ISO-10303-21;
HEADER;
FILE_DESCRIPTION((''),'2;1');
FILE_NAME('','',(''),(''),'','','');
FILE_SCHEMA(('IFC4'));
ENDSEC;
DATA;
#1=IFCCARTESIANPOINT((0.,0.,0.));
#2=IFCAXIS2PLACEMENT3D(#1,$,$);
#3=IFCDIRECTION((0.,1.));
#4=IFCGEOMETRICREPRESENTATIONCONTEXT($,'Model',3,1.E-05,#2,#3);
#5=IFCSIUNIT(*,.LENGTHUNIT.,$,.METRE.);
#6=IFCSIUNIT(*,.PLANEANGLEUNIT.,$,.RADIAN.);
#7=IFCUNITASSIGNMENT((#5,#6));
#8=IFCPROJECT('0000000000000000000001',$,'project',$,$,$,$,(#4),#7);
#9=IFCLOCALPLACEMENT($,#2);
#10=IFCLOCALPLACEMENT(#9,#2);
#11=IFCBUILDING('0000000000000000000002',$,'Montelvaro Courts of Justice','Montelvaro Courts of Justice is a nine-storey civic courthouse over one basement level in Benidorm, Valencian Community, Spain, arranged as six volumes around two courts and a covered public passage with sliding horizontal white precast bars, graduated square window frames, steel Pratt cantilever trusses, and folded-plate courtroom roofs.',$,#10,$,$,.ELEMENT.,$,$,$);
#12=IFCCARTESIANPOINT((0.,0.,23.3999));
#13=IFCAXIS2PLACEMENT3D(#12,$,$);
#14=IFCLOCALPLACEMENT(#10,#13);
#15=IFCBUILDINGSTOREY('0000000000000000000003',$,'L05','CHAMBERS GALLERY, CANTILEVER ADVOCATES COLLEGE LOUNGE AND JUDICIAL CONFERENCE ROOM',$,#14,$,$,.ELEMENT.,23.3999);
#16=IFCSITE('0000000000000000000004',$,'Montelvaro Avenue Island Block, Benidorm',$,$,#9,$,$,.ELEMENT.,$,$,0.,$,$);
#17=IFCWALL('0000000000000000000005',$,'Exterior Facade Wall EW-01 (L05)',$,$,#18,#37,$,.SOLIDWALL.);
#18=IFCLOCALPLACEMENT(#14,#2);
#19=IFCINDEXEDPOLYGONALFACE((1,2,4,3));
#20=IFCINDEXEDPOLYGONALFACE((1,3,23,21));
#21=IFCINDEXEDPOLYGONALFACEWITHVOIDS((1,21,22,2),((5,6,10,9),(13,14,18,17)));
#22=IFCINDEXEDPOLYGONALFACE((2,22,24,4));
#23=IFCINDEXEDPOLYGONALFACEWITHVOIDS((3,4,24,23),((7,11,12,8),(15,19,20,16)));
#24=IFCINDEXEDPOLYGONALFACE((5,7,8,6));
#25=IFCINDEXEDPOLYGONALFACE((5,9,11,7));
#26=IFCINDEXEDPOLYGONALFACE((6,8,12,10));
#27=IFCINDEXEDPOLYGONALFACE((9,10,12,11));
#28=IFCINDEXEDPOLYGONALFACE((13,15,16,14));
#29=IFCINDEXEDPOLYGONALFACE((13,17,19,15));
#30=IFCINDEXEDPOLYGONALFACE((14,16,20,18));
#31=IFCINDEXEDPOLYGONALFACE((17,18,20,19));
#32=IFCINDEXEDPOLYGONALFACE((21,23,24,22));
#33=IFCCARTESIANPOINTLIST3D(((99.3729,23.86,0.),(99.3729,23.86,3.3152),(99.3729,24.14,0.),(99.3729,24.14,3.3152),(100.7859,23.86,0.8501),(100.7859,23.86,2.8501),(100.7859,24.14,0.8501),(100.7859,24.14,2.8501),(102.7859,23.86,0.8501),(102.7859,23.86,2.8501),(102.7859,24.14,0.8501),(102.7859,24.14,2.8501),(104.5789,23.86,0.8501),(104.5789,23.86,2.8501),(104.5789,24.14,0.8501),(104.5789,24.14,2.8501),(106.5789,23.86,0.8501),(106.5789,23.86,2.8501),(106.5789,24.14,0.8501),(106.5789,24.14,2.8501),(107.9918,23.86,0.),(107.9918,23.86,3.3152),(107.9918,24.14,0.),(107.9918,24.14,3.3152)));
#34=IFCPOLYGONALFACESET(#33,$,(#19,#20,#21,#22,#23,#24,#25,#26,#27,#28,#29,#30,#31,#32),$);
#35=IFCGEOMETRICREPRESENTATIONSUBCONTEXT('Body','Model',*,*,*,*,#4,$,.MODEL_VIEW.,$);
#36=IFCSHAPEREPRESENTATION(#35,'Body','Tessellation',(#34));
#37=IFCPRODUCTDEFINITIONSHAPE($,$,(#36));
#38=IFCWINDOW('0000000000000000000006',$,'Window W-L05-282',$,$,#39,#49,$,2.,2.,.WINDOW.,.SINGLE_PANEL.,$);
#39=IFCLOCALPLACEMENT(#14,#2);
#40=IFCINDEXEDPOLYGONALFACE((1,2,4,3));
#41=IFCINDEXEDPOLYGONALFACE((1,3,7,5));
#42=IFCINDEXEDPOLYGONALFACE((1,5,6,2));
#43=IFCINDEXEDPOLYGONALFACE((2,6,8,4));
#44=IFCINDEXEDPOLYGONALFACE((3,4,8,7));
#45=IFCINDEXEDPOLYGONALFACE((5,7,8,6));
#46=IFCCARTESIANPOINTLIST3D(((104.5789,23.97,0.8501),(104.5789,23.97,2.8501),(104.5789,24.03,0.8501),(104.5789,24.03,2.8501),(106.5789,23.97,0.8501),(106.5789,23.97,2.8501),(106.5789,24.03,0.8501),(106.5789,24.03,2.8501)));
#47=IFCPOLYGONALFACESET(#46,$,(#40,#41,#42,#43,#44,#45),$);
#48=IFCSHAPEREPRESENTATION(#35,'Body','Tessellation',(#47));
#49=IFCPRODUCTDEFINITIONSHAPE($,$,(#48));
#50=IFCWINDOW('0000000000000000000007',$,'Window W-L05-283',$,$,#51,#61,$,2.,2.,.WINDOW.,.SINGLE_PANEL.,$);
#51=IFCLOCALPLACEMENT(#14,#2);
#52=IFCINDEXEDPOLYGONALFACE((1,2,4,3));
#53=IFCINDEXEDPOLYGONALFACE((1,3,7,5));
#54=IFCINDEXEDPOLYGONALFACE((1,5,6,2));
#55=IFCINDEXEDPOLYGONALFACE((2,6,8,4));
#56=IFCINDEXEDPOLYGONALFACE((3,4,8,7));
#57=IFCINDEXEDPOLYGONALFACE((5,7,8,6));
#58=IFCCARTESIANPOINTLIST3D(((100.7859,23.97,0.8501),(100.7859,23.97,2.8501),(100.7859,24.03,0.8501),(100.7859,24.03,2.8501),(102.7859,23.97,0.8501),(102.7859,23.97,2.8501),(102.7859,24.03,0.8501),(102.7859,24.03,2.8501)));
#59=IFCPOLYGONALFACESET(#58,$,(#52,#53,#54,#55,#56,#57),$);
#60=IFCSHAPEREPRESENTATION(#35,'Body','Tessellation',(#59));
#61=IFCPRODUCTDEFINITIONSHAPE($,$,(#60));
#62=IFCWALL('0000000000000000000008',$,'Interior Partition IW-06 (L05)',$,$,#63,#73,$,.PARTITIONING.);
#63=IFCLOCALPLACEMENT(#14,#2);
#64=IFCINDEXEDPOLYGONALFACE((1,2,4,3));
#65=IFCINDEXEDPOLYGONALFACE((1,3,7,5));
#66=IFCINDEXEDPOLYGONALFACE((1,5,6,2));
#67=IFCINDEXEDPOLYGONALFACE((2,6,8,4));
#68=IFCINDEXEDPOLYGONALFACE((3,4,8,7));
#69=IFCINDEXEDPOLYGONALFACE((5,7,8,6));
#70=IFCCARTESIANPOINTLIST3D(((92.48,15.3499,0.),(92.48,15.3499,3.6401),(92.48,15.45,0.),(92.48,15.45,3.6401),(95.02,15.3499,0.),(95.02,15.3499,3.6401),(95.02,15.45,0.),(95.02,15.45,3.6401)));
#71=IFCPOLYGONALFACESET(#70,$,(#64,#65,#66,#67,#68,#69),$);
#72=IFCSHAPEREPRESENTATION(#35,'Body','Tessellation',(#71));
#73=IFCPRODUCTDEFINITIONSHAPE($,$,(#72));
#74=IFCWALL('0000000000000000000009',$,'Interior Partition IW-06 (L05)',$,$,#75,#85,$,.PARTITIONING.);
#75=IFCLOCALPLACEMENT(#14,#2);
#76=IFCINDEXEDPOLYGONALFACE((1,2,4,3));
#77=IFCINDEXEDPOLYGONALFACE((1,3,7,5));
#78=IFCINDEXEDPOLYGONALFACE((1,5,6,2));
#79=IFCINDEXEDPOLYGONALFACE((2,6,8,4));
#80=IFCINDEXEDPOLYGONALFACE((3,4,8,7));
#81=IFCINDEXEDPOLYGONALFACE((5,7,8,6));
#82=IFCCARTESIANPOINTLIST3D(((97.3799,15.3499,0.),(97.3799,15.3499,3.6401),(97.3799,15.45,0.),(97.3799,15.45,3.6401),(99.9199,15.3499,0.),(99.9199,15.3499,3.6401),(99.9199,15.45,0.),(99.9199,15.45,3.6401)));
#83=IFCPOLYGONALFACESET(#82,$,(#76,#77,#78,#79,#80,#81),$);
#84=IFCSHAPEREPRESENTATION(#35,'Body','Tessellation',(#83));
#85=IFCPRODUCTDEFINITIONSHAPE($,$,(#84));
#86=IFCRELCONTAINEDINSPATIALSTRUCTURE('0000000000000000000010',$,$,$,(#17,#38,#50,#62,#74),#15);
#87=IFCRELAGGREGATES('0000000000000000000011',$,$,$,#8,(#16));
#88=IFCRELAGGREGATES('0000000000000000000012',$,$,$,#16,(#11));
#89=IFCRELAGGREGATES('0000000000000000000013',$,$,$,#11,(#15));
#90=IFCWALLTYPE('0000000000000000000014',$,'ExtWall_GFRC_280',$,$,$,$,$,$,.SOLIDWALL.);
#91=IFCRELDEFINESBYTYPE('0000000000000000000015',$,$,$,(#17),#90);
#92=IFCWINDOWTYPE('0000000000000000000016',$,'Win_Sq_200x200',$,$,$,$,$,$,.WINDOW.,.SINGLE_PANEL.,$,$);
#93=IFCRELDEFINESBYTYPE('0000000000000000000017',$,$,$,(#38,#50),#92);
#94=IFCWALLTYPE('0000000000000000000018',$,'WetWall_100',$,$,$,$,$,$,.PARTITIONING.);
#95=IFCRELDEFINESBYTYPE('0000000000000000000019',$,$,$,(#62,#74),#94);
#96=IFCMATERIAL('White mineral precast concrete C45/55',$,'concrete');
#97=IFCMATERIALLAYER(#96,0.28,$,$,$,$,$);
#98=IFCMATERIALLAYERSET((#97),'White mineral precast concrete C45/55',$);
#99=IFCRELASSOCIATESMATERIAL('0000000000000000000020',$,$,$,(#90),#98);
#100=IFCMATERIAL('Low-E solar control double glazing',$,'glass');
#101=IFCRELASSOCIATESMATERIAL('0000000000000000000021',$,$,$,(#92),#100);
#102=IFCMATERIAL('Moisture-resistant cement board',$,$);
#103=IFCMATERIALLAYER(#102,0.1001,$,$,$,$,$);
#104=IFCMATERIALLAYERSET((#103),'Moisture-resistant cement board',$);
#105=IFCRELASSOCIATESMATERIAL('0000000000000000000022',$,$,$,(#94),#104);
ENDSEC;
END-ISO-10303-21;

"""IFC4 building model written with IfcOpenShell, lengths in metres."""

from ifc_helpers import new_model, si_unit, direction, frame, frame_2d, origin, place, context, subcontext, project, spatial, rectangle, extrude, material, layer, layer_set, type_object, element, fill, save


model = new_model("IFC4")

# Units and contexts
model_context = context("Model", 3, precision=1e-05, world=origin(), true_north=direction((0.0, 1.0)))
body_context = subcontext(model_context, "Body", "Model", "MODEL_VIEW")
ifc_project = project(units=[si_unit("LENGTHUNIT", "METRE"), si_unit("PLANEANGLEUNIT", "RADIAN")], contexts=[model_context])

# Site, building, storey
site_placement = place(None, origin())
site = spatial("IfcSite", under=ifc_project, at=site_placement, Name="Montelvaro Avenue Island Block, Benidorm", CompositionType="ELEMENT", RefElevation=0.0)
building_placement = place(site_placement, origin())
building = spatial("IfcBuilding", under=site, at=building_placement, Name="Montelvaro Courts of Justice", Description="Montelvaro Courts of Justice is a nine-storey civic courthouse over one basement level in Benidorm, Valencian Community, Spain, arranged as six volumes around two courts and a covered public passage with sliding horizontal white precast bars, graduated square window frames, steel Pratt cantilever trusses, and folded-plate courtroom roofs.", CompositionType="ELEMENT")
storey_placement = place(building_placement, frame((0.0, 0.0, 23.3999)))
storey = spatial("IfcBuildingStorey", under=building, at=storey_placement, Name="L05", Description="CHAMBERS GALLERY, CANTILEVER ADVOCATES COLLEGE LOUNGE AND JUDICIAL CONFERENCE ROOM", CompositionType="ELEMENT", Elevation=23.3999)

# Shared definitions
ifc_material_1 = material(Name="White mineral precast concrete C45/55", Category="concrete")

# Wall, openings, windows
ifc_layer_1 = layer(ifc_material_1, 0.28)
ifc_layer_set_1 = layer_set([ifc_layer_1], Name="White mineral precast concrete C45/55")
wall_type_1 = type_object("IfcWallType", Name="ExtWall_GFRC_280", PredefinedType="SOLIDWALL", material=ifc_layer_set_1)
ifc_material_2 = material(Name="Low-E solar control double glazing", Category="glass")
window_type = type_object("IfcWindowType", Name="Win_Sq_200x200", PartitioningType="SINGLE_PANEL", PredefinedType="WINDOW", material=ifc_material_2)
wall_1_placement = place(storey_placement, frame((107.9919, 24.0, 0.0), z_axis=(0.0, 0.0, 1.0), x_axis=(-1.0, 0.0, 0.0)))
wall_1 = element("IfcWall", 1, at=wall_1_placement, inside=storey, type_object=wall_type_1, Name="Exterior Facade Wall EW-01 (L05)", PredefinedType="SOLIDWALL", context=body_context, shape_type="SweptSolid", body=[
    extrude(rectangle(XDim=8.6189, YDim=0.28, at=frame_2d((4.3096, 0.0))), origin(), (0.0, 0.0, 1.0), 3.3152),
])
opening_1_placement = place(wall_1_placement, frame((1.4131, 0.0, 0.8501)))
opening_1 = element("IfcOpeningElement", 2, at=opening_1_placement, cuts=wall_1, PredefinedType="OPENING", context=body_context, shape_type="SweptSolid", body=[
    extrude(rectangle(XDim=2.0, YDim=2.0, at=frame_2d((1.0, 1.0))), frame((0.0, 0.1548, 0.0), z_axis=(0.0, -1.0, 0.0), x_axis=(1.0, 0.0, 0.0)), (0.0, 0.0, 1.0), 0.3098),
])
opening_2_placement = place(wall_1_placement, frame((5.2061, 0.0, 0.8501)))
opening_2 = element("IfcOpeningElement", 3, at=opening_2_placement, cuts=wall_1, PredefinedType="OPENING", context=body_context, shape_type="SweptSolid", body=[
    extrude(rectangle(XDim=2.0, YDim=2.0, at=frame_2d((1.0, 1.0))), frame((0.0, 0.1548, 0.0), z_axis=(0.0, -1.0, 0.0), x_axis=(1.0, 0.0, 0.0)), (0.0, 0.0, 1.0), 0.3098),
])
window_1_placement = place(opening_1_placement, origin())
window_1 = element("IfcWindow", 4, at=window_1_placement, inside=storey, type_object=window_type, Name="Window W-L05-282", OverallHeight=2.0, OverallWidth=2.0, PartitioningType="SINGLE_PANEL", PredefinedType="WINDOW", context=body_context, shape_type="SweptSolid", body=[
    extrude(rectangle(XDim=2.0, YDim=2.0, at=frame_2d((1.0, 1.0))), frame((0.0, 0.03, 0.0), z_axis=(0.0, -1.0, 0.0), x_axis=(1.0, 0.0, 0.0)), (0.0, 0.0, 1.0), 0.0601),
])
fill(opening_1, window_1)
window_2_placement = place(opening_2_placement, origin())
window_2 = element("IfcWindow", 5, at=window_2_placement, inside=storey, type_object=window_type, Name="Window W-L05-283", OverallHeight=2.0, OverallWidth=2.0, PartitioningType="SINGLE_PANEL", PredefinedType="WINDOW", context=body_context, shape_type="SweptSolid", body=[
    extrude(rectangle(XDim=2.0, YDim=2.0, at=frame_2d((1.0, 1.0))), frame((0.0, 0.03, 0.0), z_axis=(0.0, -1.0, 0.0), x_axis=(1.0, 0.0, 0.0)), (0.0, 0.0, 1.0), 0.0601),
])
fill(opening_2, window_2)

# Walls
ifc_material_3 = material(Name="Moisture-resistant cement board")
ifc_layer_2 = layer(ifc_material_3, 0.1001)
ifc_layer_set_2 = layer_set([ifc_layer_2], Name="Moisture-resistant cement board")
wall_type_2 = type_object("IfcWallType", Name="WetWall_100", PredefinedType="PARTITIONING", material=ifc_layer_set_2)
for number, where, z_axis, x_axis, name in (
    (6, (92.48, 15.3999, 0.0), (0.0, 0.0, 1.0), (1.0, 0.0, 0.0), "Interior Partition IW-06 (L05)"),
    (7, (97.3799, 15.3999, 0.0), (0.0, 0.0, 1.0), (1.0, 0.0, 0.0), "Interior Partition IW-06 (L05)"),
):
    element("IfcWall", number, at=place(storey_placement, frame(where, z_axis=z_axis, x_axis=x_axis)), inside=storey, type_object=wall_type_2, Name=name, PredefinedType="PARTITIONING", context=body_context, shape_type="SweptSolid", body=[
        extrude(rectangle(XDim=2.54, YDim=0.1001, at=frame_2d((1.27, 0.0))), origin(), (0.0, 0.0, 1.0), 3.6401),
    ])

save(model, "model.ifc")
